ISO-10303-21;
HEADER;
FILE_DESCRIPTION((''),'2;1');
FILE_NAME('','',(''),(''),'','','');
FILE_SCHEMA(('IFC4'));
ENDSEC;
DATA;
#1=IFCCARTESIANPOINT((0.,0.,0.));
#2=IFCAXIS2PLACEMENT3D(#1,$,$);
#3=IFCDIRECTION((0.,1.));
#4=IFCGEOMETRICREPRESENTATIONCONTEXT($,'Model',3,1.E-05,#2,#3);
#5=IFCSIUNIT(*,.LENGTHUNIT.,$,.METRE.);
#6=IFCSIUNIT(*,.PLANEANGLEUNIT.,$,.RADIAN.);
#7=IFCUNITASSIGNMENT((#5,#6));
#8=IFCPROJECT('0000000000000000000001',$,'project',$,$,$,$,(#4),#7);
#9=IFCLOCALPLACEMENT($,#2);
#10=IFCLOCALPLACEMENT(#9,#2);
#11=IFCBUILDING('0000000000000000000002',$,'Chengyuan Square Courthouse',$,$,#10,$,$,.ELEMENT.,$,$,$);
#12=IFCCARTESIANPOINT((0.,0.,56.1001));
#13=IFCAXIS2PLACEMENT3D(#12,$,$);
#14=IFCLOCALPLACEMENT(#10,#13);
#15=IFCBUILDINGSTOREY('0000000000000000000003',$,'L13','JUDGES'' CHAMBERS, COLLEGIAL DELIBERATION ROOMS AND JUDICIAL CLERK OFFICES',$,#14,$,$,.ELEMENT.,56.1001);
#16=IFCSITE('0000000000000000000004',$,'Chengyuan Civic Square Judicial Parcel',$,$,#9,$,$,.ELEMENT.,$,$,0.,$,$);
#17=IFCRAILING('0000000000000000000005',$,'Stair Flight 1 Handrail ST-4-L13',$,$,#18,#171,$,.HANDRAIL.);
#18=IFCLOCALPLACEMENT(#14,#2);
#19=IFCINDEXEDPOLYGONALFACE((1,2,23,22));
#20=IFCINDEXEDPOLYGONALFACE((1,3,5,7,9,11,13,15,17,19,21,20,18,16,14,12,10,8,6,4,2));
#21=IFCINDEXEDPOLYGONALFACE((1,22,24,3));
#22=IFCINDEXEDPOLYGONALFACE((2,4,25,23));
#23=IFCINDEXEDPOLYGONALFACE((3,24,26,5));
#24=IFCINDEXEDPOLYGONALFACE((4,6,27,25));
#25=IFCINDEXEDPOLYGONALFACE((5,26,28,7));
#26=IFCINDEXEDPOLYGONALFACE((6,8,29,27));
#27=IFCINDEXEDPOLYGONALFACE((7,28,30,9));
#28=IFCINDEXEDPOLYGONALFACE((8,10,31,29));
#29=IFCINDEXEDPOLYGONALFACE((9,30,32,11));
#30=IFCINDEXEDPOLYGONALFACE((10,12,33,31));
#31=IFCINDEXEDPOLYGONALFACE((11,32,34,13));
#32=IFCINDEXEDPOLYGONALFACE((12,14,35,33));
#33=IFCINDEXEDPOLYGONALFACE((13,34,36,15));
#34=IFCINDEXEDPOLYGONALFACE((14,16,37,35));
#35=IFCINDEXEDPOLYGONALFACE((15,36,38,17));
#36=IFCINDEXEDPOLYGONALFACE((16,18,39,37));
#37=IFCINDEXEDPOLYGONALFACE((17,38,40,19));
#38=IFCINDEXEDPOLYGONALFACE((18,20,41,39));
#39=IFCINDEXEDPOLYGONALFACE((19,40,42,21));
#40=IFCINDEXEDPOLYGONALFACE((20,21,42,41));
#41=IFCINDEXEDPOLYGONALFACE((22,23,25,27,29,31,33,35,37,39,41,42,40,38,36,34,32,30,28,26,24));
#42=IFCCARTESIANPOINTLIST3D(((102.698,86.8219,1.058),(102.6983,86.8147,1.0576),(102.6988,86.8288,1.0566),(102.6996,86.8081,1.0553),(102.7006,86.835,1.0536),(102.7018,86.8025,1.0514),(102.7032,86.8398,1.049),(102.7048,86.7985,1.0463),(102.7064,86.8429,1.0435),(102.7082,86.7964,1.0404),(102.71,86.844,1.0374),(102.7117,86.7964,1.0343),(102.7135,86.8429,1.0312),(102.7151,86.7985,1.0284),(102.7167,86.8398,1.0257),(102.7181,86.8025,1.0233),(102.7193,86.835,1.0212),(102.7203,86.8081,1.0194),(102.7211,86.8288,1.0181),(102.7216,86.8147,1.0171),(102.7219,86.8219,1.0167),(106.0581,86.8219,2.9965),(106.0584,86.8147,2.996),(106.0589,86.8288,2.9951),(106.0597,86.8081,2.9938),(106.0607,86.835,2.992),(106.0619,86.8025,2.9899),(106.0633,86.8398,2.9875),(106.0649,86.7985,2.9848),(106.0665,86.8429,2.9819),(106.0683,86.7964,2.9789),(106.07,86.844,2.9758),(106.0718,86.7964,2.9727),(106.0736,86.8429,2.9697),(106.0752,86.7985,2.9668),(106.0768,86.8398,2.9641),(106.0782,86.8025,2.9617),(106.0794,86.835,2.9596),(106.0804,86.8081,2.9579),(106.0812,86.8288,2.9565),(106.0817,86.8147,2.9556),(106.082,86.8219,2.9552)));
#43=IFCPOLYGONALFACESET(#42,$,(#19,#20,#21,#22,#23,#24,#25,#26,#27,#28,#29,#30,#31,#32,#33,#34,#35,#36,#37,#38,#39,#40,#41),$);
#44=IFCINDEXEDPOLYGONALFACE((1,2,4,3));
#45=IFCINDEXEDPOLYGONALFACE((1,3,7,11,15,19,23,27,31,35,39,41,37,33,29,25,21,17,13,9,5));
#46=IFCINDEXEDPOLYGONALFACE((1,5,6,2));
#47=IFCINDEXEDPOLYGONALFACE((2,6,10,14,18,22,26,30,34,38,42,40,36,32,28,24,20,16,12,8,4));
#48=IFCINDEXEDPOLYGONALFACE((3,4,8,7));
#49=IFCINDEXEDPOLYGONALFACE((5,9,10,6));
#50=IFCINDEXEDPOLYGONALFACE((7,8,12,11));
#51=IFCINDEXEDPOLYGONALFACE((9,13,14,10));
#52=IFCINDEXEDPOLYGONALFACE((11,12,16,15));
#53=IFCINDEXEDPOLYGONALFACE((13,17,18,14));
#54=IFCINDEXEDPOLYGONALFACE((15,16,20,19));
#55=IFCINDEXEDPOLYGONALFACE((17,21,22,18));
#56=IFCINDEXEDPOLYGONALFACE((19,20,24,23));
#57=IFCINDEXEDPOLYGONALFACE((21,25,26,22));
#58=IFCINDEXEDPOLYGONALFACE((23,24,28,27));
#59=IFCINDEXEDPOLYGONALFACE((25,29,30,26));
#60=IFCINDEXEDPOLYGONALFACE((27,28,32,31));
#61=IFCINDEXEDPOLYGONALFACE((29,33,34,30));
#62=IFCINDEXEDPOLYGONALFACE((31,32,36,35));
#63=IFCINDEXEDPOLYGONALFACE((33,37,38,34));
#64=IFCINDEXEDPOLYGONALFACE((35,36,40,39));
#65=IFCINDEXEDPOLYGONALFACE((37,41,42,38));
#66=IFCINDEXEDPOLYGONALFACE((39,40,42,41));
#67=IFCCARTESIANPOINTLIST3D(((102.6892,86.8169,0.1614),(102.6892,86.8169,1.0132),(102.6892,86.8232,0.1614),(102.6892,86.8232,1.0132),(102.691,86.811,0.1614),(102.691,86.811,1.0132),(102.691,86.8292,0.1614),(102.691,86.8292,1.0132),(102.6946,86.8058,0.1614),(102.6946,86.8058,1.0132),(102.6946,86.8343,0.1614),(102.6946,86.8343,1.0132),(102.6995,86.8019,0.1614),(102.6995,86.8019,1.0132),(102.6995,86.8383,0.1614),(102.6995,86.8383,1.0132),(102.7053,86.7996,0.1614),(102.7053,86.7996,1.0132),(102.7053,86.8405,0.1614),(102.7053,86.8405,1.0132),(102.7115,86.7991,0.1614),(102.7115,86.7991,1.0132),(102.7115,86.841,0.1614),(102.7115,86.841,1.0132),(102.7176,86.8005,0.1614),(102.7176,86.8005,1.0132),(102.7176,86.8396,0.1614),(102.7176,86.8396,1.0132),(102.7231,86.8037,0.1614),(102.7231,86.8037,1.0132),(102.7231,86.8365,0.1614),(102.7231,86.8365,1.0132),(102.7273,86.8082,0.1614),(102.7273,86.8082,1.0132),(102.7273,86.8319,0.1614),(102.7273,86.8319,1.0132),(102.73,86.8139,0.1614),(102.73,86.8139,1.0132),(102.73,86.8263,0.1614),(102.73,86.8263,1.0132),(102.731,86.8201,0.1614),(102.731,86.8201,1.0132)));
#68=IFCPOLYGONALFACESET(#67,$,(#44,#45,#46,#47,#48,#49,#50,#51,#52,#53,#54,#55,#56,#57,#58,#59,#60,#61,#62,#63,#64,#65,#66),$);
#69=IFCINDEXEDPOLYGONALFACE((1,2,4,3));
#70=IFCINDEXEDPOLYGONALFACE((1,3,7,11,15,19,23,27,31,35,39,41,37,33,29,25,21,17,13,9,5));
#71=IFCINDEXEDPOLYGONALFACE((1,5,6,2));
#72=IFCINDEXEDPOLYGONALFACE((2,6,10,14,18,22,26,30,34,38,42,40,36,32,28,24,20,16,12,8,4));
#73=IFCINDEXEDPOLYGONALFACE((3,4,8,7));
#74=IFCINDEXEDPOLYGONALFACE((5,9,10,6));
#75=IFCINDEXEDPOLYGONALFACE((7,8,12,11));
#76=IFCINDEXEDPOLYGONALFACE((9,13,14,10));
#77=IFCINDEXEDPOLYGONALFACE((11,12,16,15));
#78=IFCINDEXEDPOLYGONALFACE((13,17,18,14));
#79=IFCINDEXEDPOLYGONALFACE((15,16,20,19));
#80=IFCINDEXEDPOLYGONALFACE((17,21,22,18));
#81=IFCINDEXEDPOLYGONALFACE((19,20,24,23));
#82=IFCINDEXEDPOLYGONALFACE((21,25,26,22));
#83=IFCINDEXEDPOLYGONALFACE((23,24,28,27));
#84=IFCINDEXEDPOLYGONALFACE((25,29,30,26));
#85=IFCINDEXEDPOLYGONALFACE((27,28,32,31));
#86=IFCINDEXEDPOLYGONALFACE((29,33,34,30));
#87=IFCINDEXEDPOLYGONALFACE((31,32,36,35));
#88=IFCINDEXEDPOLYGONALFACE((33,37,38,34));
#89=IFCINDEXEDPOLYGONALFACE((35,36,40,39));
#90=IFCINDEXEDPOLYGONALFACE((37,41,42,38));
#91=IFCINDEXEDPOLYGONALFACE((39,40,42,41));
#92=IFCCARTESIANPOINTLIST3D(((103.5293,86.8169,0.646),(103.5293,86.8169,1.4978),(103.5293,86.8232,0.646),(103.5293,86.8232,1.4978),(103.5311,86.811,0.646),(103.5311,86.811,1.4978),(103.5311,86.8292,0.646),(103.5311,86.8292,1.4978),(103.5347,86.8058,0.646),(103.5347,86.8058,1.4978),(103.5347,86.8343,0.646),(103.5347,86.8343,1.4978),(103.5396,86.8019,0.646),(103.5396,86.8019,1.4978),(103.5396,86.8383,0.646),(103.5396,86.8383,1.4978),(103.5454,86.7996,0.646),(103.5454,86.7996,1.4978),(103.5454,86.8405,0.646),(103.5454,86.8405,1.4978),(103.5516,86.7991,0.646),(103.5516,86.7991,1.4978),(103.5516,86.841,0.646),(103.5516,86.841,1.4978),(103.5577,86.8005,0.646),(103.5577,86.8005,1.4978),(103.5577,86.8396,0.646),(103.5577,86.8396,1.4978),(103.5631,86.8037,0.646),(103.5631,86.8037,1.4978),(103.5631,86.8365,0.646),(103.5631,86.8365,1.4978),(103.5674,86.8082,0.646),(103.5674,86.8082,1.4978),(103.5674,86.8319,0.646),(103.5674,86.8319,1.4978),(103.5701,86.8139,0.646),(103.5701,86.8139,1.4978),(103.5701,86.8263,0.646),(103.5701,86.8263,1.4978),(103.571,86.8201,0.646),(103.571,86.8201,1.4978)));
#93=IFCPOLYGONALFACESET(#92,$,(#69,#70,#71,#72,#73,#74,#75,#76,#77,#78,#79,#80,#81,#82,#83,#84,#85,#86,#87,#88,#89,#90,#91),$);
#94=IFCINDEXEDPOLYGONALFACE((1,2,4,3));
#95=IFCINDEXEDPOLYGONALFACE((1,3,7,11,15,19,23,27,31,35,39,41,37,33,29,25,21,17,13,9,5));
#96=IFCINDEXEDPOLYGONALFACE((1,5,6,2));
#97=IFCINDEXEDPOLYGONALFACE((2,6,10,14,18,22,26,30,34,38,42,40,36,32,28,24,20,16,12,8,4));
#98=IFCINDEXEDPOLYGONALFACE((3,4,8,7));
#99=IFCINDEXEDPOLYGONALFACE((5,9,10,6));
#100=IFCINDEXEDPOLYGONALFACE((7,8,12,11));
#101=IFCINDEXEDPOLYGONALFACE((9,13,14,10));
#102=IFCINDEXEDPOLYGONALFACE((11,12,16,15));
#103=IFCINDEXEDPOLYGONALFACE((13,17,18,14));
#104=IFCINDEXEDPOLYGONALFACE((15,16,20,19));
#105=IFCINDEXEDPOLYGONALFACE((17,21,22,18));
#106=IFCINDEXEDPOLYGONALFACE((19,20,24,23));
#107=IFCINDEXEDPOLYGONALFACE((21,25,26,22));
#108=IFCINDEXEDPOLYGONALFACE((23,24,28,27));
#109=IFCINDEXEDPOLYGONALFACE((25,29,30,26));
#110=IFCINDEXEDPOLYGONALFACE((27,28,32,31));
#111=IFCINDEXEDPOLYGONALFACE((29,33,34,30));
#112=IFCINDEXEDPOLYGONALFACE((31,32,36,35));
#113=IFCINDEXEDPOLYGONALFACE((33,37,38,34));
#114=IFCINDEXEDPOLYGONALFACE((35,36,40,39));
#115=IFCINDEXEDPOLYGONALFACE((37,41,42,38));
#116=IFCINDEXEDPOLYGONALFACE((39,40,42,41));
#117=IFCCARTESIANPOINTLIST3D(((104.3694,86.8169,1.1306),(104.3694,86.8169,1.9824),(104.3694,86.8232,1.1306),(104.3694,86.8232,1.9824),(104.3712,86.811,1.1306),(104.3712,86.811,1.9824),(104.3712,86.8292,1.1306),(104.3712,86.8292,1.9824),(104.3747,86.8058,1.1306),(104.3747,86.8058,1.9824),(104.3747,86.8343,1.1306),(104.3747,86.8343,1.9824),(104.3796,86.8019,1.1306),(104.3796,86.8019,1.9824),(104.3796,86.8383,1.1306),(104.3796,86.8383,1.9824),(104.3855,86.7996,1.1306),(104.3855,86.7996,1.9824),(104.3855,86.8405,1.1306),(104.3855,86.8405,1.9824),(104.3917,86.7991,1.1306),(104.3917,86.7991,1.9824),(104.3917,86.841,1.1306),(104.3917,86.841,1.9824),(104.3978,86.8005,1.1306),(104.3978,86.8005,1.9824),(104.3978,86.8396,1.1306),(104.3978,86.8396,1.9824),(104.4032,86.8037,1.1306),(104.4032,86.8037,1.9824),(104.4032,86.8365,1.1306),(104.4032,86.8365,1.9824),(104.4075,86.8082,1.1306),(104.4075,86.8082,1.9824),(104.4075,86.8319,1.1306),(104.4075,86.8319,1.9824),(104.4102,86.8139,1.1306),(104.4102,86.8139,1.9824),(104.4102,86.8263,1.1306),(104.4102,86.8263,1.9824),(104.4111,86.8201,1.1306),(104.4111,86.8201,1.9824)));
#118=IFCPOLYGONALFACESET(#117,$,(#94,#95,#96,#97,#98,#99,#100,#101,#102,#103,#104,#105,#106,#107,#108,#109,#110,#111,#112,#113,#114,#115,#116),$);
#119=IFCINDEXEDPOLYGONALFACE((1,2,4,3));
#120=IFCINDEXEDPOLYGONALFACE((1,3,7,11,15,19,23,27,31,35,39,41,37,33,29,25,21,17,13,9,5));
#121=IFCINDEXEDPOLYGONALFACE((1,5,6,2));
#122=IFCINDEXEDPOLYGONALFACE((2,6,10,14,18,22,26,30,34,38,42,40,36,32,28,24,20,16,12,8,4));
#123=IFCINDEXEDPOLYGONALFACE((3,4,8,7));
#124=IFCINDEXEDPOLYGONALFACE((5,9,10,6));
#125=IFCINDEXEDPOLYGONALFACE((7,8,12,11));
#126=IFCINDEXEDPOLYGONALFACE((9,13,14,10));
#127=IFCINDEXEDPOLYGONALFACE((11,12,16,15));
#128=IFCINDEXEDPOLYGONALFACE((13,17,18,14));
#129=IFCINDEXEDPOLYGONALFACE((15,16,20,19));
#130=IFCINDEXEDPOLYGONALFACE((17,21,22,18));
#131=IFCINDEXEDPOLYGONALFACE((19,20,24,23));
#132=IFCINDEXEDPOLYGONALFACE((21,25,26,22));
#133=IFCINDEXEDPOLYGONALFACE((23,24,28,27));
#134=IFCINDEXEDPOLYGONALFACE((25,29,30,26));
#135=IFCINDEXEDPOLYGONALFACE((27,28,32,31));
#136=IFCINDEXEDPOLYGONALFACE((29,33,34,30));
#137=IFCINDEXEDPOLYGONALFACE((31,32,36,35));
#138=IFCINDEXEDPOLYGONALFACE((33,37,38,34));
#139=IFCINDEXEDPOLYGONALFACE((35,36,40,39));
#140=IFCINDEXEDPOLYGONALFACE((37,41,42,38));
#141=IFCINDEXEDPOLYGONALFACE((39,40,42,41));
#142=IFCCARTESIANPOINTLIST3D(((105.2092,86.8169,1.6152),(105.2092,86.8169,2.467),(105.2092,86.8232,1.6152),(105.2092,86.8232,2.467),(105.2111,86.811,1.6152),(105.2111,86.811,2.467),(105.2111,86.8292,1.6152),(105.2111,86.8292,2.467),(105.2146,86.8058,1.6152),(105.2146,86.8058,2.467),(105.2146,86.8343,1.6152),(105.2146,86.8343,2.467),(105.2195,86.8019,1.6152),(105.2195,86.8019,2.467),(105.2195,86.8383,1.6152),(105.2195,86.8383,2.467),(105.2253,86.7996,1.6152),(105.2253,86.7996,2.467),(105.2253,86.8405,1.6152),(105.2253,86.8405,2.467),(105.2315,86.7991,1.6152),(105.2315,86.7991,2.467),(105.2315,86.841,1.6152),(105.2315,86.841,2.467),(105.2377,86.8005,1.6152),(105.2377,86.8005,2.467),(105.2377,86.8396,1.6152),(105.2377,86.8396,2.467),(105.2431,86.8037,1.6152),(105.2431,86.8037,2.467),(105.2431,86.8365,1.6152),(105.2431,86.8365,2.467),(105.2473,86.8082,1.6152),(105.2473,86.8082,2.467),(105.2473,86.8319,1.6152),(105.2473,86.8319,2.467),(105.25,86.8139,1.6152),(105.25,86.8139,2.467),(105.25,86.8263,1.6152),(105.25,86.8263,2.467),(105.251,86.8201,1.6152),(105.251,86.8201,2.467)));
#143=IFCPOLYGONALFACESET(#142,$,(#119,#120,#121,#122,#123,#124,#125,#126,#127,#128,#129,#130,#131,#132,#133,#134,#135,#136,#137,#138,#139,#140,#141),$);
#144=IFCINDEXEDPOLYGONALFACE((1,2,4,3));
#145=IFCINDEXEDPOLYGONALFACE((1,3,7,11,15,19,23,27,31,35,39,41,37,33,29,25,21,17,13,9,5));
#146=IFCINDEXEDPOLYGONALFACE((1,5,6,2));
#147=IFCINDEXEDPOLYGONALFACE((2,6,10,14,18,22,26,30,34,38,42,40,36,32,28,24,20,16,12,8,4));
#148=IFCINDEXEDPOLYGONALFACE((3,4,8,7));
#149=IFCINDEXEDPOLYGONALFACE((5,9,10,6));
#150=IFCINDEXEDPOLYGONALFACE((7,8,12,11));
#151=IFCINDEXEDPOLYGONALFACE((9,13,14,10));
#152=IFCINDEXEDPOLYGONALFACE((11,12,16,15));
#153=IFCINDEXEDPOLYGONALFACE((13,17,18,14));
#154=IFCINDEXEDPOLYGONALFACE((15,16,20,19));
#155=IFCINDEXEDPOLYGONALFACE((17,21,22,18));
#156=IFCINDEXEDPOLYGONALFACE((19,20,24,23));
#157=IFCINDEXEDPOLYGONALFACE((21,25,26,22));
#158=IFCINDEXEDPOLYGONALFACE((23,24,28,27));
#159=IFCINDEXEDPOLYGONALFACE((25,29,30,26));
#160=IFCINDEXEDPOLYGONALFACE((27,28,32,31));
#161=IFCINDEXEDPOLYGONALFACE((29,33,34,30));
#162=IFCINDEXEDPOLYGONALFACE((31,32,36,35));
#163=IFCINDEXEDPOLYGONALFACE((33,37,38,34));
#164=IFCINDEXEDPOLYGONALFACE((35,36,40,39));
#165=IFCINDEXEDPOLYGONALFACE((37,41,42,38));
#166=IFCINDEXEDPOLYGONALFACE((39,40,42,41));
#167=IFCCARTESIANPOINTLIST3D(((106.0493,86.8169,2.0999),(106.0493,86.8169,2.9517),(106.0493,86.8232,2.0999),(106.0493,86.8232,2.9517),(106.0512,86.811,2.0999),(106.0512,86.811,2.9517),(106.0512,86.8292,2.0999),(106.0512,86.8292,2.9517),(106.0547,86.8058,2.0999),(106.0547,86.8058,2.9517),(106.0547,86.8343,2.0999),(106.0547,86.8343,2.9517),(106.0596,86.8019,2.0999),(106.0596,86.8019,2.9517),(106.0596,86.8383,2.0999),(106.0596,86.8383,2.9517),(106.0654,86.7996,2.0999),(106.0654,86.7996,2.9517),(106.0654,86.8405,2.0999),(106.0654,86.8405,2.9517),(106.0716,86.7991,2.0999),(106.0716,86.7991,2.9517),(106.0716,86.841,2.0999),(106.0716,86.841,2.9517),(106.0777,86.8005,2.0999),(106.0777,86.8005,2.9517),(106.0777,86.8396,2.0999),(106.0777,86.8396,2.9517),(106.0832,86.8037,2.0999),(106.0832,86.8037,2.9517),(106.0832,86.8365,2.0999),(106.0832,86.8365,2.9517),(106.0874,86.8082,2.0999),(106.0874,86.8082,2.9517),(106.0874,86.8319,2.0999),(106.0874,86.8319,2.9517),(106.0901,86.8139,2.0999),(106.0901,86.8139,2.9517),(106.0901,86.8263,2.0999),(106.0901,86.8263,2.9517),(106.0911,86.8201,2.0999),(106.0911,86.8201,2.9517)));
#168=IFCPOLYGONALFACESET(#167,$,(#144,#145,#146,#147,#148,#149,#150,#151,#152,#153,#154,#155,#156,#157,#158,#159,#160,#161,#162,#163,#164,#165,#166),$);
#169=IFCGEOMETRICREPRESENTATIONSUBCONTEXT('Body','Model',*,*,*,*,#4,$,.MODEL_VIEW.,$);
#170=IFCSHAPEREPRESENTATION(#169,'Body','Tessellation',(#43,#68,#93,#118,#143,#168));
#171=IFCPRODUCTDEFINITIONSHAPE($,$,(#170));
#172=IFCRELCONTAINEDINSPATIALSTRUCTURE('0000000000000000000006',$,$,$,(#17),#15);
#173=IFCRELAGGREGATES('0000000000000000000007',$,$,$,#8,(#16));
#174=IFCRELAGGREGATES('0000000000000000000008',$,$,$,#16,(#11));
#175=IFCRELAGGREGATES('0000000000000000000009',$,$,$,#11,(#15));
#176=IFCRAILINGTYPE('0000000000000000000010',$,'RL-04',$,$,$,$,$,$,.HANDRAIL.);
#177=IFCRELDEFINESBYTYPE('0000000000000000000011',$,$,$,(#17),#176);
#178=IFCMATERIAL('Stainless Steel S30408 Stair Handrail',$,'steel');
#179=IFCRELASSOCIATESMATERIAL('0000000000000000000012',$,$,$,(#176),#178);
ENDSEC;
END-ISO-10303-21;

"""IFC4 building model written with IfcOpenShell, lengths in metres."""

from ifc_helpers import new_model, si_unit, direction, frame, origin, origin_2d, place, context, subcontext, project, spatial, circle, extrude, material, type_object, element, save


model = new_model("IFC4")

# Units and contexts
model_context = context("Model", 3, precision=1e-05, world=origin(), true_north=direction((0.0, 1.0)))
body_context = subcontext(model_context, "Body", "Model", "MODEL_VIEW")
ifc_project = project(units=[si_unit("LENGTHUNIT", "METRE"), si_unit("PLANEANGLEUNIT", "RADIAN")], contexts=[model_context])

# Site, building, storey
site_placement = place(None, origin())
site = spatial("IfcSite", under=ifc_project, at=site_placement, Name="Chengyuan Civic Square Judicial Parcel", CompositionType="ELEMENT", RefElevation=0.0)
building_placement = place(site_placement, origin())
building = spatial("IfcBuilding", under=site, at=building_placement, Name="Chengyuan Square Courthouse", CompositionType="ELEMENT")
storey_placement = place(building_placement, frame((0.0, 0.0, 56.1001)))
storey = spatial("IfcBuildingStorey", under=building, at=storey_placement, Name="L13", Description="JUDGES' CHAMBERS, COLLEGIAL DELIBERATION ROOMS AND JUDICIAL CLERK OFFICES", CompositionType="ELEMENT", Elevation=56.1001)

# Railing
ifc_material_1 = material(Name="Stainless Steel S30408 Stair Handrail", Category="steel")
railing_type_1 = type_object("IfcRailingType", Name="RL-04", PredefinedType="HANDRAIL", material=ifc_material_1)
railing_1_placement = place(storey_placement, frame((102.71, 86.8201, 0.1614)))
element("IfcRailing", 1, at=railing_1_placement, inside=storey, type_object=railing_type_1, Name="Stair Flight 1 Handrail ST-4-L13", PredefinedType="HANDRAIL", context=body_context, shape_type="SweptSolid", body=[
    extrude(circle(Radius=0.0239, at=origin_2d()), frame((0.0, 0.0, 0.876), z_axis=(0.866191, 0.0, 0.499713), x_axis=(0.0, 1.0, 0.0)), (0.0, 0.0, 1.0), 3.8792),
    extrude(circle(Radius=0.021, at=origin_2d()), origin(), (0.0, 0.0, 1.0), 0.8518),
    extrude(circle(Radius=0.021, at=origin_2d()), frame((0.8401, 0.0, 0.4846)), (0.0, 0.0, 1.0), 0.8518),
    extrude(circle(Radius=0.021, at=origin_2d()), frame((1.6802, 0.0, 0.9692)), (0.0, 0.0, 1.0), 0.8518),
    extrude(circle(Radius=0.021, at=origin_2d()), frame((2.52, 0.0, 1.4539)), (0.0, 0.0, 1.0), 0.8518),
    extrude(circle(Radius=0.021, at=origin_2d()), frame((3.3601, 0.0, 1.9385)), (0.0, 0.0, 1.0), 0.8518),
])

save(model, "model.ifc")
